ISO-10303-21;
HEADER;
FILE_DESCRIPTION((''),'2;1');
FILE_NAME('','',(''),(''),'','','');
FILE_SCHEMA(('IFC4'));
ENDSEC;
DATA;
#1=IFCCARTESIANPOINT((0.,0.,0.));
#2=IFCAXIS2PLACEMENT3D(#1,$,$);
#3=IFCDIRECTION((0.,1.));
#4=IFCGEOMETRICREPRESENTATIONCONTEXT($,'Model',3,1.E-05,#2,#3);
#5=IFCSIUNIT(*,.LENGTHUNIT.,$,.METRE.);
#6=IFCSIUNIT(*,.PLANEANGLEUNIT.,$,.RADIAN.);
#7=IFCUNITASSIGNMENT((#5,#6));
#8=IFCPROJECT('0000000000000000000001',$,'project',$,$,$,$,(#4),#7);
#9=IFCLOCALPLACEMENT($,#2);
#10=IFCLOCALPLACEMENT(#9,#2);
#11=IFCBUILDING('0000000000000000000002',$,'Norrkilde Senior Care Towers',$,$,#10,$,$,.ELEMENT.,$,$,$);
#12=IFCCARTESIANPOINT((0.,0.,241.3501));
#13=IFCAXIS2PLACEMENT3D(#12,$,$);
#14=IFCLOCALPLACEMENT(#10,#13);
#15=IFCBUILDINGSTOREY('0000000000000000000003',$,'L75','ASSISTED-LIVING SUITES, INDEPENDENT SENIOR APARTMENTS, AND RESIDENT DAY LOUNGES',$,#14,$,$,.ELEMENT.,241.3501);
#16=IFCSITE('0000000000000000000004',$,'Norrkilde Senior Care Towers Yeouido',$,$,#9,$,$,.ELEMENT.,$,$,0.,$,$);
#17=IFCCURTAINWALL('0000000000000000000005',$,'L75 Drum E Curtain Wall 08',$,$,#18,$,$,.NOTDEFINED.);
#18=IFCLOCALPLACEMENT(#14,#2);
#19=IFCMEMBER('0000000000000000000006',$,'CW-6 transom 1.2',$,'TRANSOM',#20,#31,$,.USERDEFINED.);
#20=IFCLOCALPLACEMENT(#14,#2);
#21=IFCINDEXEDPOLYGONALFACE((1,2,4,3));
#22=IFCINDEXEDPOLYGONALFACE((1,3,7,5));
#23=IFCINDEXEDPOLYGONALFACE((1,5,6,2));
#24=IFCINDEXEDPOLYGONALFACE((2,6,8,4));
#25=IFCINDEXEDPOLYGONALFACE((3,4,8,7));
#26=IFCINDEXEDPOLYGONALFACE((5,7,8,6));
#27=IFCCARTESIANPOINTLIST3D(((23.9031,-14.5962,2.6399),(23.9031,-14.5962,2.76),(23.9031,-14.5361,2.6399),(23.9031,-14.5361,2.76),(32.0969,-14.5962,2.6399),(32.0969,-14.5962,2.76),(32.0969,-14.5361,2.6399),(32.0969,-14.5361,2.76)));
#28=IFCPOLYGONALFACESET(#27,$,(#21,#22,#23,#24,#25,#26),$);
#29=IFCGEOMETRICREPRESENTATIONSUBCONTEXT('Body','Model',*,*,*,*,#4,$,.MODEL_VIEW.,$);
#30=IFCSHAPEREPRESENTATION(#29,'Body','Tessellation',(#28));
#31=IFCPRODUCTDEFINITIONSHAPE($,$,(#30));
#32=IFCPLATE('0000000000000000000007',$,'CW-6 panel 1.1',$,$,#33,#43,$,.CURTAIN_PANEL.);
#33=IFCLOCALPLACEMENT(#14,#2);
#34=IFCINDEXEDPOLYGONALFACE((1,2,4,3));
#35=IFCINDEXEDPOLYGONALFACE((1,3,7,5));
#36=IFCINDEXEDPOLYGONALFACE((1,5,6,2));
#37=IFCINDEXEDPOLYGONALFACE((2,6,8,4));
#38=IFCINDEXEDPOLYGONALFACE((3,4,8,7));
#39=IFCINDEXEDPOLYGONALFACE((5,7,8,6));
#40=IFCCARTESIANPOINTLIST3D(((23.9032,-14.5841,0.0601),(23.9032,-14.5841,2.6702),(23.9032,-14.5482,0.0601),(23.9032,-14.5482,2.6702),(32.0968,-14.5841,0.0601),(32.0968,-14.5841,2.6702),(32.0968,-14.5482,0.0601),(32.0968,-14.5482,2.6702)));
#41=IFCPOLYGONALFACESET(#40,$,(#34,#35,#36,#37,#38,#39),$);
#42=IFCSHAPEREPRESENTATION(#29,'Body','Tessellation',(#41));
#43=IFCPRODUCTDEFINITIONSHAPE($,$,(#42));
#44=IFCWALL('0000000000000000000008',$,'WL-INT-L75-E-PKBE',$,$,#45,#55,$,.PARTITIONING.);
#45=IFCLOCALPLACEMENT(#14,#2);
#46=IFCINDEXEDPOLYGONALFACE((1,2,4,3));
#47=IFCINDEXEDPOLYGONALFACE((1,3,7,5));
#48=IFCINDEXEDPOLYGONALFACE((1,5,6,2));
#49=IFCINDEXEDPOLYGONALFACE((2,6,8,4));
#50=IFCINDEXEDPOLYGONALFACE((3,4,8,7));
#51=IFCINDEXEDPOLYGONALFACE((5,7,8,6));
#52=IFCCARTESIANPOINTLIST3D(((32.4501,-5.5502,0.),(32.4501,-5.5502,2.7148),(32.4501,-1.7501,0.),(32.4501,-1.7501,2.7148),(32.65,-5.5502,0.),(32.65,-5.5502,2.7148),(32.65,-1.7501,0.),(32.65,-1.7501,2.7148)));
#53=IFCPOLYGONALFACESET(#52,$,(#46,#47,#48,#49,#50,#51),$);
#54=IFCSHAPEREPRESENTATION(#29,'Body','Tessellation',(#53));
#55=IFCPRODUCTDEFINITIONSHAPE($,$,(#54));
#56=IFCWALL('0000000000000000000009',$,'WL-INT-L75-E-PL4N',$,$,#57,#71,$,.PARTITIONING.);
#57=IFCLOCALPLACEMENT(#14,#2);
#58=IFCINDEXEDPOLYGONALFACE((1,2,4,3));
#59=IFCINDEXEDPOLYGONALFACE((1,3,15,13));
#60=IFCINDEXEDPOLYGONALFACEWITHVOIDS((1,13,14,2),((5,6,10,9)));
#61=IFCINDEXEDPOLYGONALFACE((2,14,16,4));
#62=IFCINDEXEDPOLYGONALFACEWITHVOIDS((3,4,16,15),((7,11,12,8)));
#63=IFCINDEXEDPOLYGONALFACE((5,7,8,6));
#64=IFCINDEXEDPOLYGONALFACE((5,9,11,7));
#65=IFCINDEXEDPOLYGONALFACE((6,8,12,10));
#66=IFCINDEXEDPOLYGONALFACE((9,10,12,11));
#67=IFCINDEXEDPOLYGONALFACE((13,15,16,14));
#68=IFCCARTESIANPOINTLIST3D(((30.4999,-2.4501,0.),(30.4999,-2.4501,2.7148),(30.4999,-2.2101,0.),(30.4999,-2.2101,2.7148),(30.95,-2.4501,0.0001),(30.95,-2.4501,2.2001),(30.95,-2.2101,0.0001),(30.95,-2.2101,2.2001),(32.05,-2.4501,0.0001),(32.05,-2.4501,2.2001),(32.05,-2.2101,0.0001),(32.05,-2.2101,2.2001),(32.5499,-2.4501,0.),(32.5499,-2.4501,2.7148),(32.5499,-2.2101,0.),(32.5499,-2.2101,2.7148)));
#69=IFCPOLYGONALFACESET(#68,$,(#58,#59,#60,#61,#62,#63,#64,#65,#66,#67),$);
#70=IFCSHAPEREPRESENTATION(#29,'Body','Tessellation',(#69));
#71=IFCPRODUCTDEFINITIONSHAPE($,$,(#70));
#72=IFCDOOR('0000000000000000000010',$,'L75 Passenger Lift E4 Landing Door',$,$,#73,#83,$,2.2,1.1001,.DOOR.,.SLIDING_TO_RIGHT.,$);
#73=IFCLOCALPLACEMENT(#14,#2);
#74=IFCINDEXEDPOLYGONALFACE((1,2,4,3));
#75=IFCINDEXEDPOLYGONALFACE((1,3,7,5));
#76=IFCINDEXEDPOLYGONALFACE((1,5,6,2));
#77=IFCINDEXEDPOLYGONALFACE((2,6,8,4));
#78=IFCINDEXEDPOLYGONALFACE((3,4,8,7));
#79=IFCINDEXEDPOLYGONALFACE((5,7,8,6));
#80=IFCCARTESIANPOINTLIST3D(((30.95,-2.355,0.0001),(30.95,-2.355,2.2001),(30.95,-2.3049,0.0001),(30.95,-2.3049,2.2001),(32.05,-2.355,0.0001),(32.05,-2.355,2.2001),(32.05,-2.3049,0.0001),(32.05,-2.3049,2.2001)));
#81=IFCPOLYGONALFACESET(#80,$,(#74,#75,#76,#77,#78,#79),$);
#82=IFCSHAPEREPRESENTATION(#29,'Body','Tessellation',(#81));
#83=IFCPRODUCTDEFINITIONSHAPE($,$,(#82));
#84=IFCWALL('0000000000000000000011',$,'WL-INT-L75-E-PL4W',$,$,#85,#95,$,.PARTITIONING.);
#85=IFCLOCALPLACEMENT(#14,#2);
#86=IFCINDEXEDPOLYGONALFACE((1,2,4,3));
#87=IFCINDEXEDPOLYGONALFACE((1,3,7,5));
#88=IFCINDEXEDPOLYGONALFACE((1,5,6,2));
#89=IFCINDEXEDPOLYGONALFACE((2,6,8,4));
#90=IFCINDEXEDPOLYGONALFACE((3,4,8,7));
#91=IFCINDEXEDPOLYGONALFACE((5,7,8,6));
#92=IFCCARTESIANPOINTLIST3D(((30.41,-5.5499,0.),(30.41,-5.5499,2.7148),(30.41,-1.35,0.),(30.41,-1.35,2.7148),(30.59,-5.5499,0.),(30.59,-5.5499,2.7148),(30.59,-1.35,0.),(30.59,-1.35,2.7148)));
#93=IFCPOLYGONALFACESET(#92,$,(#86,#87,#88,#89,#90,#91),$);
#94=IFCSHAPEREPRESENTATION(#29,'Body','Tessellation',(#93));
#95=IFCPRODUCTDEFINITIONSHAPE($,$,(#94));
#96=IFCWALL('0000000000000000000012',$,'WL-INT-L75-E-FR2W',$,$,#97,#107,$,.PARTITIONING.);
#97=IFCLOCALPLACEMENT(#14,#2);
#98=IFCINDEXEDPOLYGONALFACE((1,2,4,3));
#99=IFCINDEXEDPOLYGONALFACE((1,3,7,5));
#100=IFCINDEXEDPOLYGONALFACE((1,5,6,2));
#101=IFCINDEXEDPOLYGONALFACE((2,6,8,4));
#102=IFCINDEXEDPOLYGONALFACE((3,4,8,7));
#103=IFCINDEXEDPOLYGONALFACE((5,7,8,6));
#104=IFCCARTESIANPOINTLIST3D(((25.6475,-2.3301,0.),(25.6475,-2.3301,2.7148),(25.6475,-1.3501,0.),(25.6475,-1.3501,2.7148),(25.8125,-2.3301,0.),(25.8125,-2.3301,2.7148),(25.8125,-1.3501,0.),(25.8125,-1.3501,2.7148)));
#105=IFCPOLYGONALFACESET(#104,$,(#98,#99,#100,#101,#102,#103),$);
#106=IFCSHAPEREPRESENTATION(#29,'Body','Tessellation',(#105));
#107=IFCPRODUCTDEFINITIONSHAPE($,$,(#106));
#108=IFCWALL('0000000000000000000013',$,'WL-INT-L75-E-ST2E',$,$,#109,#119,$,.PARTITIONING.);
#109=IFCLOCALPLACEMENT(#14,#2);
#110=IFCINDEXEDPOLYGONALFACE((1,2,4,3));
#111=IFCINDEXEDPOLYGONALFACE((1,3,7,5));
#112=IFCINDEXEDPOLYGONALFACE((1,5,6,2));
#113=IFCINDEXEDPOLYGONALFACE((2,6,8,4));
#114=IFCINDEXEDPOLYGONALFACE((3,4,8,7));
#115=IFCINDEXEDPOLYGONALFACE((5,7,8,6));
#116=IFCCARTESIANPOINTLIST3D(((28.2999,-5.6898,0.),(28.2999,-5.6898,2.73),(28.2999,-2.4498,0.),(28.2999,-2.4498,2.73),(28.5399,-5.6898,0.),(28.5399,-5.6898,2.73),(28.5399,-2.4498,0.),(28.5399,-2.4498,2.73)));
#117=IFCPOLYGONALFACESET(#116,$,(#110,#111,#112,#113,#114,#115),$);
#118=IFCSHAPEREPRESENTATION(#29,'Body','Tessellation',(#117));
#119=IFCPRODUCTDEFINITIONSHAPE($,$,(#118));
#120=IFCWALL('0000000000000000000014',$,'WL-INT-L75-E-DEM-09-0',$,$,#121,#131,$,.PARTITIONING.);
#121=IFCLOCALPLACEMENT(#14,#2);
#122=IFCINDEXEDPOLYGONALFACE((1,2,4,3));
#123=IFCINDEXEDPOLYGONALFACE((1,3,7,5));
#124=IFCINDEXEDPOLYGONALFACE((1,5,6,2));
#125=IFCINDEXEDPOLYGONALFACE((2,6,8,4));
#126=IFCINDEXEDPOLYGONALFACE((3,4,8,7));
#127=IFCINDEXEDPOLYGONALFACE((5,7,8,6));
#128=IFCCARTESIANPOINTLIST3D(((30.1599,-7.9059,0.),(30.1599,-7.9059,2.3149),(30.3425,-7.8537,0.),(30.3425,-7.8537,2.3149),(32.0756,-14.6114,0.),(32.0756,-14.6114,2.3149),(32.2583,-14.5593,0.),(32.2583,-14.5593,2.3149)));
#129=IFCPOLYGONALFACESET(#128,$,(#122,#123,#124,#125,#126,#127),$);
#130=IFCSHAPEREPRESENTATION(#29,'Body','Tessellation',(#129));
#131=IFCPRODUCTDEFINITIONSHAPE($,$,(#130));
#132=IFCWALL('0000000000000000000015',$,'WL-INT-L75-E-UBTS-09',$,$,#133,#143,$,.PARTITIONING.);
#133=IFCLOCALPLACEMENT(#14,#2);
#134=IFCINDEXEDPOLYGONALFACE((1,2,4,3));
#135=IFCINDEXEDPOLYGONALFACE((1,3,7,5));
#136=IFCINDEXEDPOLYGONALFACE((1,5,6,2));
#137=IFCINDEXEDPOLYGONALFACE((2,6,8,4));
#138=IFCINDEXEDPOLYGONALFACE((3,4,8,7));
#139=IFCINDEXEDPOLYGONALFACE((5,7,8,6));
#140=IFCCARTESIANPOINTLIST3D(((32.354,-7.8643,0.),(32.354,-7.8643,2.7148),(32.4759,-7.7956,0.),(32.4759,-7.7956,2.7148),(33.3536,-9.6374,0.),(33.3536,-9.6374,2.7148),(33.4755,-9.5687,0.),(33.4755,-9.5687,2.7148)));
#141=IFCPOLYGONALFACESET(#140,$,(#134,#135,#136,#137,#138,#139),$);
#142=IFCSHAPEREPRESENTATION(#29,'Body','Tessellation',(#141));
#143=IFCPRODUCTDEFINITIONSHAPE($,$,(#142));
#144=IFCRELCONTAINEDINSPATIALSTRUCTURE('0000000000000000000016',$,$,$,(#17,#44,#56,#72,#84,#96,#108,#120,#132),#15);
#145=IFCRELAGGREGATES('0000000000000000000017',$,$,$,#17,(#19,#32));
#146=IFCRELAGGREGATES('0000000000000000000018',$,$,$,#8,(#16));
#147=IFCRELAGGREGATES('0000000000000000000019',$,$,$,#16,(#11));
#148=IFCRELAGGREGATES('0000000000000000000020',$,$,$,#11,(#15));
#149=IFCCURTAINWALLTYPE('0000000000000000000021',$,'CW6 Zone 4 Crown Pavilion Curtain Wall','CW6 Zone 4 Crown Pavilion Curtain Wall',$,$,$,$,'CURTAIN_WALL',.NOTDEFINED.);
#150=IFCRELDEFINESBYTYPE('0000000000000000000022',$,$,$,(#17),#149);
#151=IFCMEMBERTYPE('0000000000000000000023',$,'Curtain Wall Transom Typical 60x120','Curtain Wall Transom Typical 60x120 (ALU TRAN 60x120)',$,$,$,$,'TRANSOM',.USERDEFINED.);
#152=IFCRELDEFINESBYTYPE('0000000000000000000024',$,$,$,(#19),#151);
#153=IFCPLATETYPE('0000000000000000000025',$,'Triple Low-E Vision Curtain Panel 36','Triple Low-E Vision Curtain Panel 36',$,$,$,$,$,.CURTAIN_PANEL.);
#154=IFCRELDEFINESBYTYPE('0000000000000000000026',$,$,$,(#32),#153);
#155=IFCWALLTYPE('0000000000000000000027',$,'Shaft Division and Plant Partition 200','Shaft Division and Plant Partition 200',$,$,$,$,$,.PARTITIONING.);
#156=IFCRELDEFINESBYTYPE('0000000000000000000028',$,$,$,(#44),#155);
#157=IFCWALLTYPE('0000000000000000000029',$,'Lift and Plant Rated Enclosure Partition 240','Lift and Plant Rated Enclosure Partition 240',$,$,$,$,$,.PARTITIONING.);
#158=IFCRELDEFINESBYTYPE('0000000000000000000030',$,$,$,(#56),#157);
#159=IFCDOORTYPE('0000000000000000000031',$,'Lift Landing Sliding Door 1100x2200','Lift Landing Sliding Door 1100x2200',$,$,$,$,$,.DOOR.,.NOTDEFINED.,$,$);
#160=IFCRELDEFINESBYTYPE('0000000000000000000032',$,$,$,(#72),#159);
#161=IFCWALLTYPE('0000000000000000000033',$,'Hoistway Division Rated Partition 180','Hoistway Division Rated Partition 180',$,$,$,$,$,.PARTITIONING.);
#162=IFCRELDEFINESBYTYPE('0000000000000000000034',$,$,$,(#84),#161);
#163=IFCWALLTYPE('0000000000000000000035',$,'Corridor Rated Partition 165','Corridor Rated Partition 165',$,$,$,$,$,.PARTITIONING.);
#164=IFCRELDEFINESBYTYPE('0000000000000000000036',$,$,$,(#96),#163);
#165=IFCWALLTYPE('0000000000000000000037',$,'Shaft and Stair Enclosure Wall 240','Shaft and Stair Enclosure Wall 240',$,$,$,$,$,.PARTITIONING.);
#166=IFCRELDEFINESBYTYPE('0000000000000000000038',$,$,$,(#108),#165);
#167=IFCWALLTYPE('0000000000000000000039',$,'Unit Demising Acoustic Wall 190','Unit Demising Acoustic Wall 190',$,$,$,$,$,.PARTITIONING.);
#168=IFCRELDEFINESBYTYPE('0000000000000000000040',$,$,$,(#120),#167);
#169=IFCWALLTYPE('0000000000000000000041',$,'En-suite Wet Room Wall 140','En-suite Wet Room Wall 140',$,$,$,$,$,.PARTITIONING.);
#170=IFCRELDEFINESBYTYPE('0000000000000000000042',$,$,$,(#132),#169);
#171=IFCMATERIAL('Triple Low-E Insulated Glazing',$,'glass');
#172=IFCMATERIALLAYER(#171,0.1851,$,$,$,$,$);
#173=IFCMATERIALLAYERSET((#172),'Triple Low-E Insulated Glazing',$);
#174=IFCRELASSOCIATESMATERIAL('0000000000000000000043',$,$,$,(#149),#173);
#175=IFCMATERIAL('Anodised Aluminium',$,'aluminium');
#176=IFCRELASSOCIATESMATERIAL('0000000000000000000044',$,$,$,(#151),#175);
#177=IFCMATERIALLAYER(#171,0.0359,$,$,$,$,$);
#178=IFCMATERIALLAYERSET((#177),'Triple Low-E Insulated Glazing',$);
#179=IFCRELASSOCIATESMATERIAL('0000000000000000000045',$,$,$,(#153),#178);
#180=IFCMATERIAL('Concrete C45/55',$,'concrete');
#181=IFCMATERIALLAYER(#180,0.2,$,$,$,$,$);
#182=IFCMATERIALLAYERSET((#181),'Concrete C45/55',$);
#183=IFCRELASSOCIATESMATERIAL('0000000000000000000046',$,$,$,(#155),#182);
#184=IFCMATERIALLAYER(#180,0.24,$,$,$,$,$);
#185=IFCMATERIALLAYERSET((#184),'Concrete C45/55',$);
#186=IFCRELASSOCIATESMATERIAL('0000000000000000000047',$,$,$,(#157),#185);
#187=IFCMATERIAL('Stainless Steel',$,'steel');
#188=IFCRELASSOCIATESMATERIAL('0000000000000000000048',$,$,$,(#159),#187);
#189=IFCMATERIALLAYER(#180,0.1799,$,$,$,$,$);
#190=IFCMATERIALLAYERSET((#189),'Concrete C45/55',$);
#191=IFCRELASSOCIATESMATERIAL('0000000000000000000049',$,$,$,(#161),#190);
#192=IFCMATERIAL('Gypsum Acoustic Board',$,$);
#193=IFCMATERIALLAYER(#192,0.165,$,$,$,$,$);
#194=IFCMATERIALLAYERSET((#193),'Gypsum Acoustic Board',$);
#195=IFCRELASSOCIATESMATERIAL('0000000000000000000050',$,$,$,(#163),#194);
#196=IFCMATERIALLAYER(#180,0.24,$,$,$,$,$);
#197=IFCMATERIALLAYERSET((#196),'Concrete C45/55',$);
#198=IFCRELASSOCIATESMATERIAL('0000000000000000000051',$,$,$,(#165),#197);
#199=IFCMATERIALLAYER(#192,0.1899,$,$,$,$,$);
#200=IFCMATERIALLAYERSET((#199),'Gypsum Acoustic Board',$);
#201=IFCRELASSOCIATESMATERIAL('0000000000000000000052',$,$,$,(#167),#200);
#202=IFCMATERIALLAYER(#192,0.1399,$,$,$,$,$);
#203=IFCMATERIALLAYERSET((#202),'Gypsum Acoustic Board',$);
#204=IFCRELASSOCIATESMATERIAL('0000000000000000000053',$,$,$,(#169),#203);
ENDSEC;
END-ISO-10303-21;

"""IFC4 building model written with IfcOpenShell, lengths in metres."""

from ifc_helpers import new_model, si_unit, direction, frame, frame_2d, origin, origin_2d, place, context, subcontext, project, spatial, rectangle, extrude, source, transform, mapped, material, layer, layer_set, material_profile, profile_set, type_object, type_shapes, element, fill, aggregate, save


model = new_model("IFC4")

# Units and contexts
model_context = context("Model", 3, precision=1e-05, world=origin(), true_north=direction((0.0, 1.0)))
body_context = subcontext(model_context, "Body", "Model", "MODEL_VIEW")
ifc_project = project(units=[si_unit("LENGTHUNIT", "METRE"), si_unit("PLANEANGLEUNIT", "RADIAN")], contexts=[model_context])

# Site, building, storey
site_placement = place(None, origin())
site = spatial("IfcSite", under=ifc_project, at=site_placement, Name="Norrkilde Senior Care Towers Yeouido", CompositionType="ELEMENT", RefElevation=0.0)
building_placement = place(site_placement, origin())
building = spatial("IfcBuilding", under=site, at=building_placement, Name="Norrkilde Senior Care Towers", CompositionType="ELEMENT")
storey_placement = place(building_placement, frame((0.0, 0.0, 241.3501)))
storey = spatial("IfcBuildingStorey", under=building, at=storey_placement, Name="L75", Description="ASSISTED-LIVING SUITES, INDEPENDENT SENIOR APARTMENTS, AND RESIDENT DAY LOUNGES", CompositionType="ELEMENT", Elevation=241.3501)

# Curtain wall
ifc_material_1 = material(Name="Triple Low-E Insulated Glazing", Category="glass")
ifc_layer_1 = layer(ifc_material_1, 0.1851)
ifc_layer_set_1 = layer_set([ifc_layer_1], Name="Triple Low-E Insulated Glazing")
curtain_wall_type = type_object("IfcCurtainWallType", Name="CW6 Zone 4 Crown Pavilion Curtain Wall", Description="CW6 Zone 4 Crown Pavilion Curtain Wall", ElementType="CURTAIN_WALL", PredefinedType="NOTDEFINED", material=ifc_layer_set_1)
curtain_wall_1_placement = place(storey_placement, origin())
curtain_wall_1 = element("IfcCurtainWall", 1, at=curtain_wall_1_placement, inside=storey, type_object=curtain_wall_type, Name="L75 Drum E Curtain Wall 08", PredefinedType="NOTDEFINED")
ifc_material_2 = material(Name="Anodised Aluminium", Category="aluminium")

# Member
ifc_material_profile_1 = material_profile(ifc_material_2, rectangle(XDim=0.0601, YDim=0.1201, at=origin_2d()), Name="ALU TRAN 60x120")
ifc_profile_set_1 = profile_set([ifc_material_profile_1], Name="Anodised Aluminium")
member_type_1 = type_object("IfcMemberType", Name="Curtain Wall Transom Typical 60x120", Description="Curtain Wall Transom Typical 60x120 (ALU TRAN 60x120)", ElementType="TRANSOM", PredefinedType="USERDEFINED", material=ifc_profile_set_1)
shared_shape_1 = source(origin(), body_context, "Body", "SweptSolid", [
    extrude(rectangle(XDim=0.0601, YDim=0.1201, at=origin_2d()), origin(), (0.0, 0.0, 1.0), 8.1938),
])
type_shapes(member_type_1, [shared_shape_1])
member_1_placement = place(storey_placement, frame((32.0969, -14.5662, 2.7), z_axis=(-1.0, 0.0, 0.0), x_axis=(0.0, -1.0, 0.0)))
member_1 = element("IfcMember", 2, at=member_1_placement, type_object=member_type_1, Name="CW-6 transom 1.2", ObjectType="TRANSOM", PredefinedType="USERDEFINED", context=body_context, shape_type="MappedRepresentation", body=[
    mapped(shared_shape_1, transform((0.0, 0.0, 0.0), x_axis=(1.0, 0.0, 0.0), y_axis=(0.0, 1.0, 0.0), z_axis=(0.0, 0.0, 1.0), scale=1.0)),
])

# Plate
ifc_layer_2 = layer(ifc_material_1, 0.0359)
ifc_layer_set_2 = layer_set([ifc_layer_2], Name="Triple Low-E Insulated Glazing")
plate_type = type_object("IfcPlateType", Name="Triple Low-E Vision Curtain Panel 36", Description="Triple Low-E Vision Curtain Panel 36", PredefinedType="CURTAIN_PANEL", material=ifc_layer_set_2)
shared_shape_2 = source(origin(), body_context, "Body", "SweptSolid", [
    extrude(rectangle(XDim=8.1936, YDim=0.0359, at=origin_2d()), origin(), (0.0, 0.0, 1.0), 2.6101),
])
type_shapes(plate_type, [shared_shape_2])
plate_placement = place(storey_placement, frame((28.0, -14.5662, 0.0601), z_axis=(0.0, 0.0, 1.0), x_axis=(-1.0, 0.0, 0.0)))
plate = element("IfcPlate", 3, at=plate_placement, type_object=plate_type, Name="CW-6 panel 1.1", PredefinedType="CURTAIN_PANEL", context=body_context, shape_type="MappedRepresentation", body=[
    mapped(shared_shape_2, transform((0.0, 0.0, 0.0), x_axis=(1.0, 0.0, 0.0), y_axis=(0.0, 1.0, 0.0), z_axis=(0.0, 0.0, 1.0), scale=1.0)),
])
aggregate(curtain_wall_1, [member_1, plate])

# Wall
ifc_material_3 = material(Name="Concrete C45/55", Category="concrete")
ifc_layer_3 = layer(ifc_material_3, 0.2)
ifc_layer_set_3 = layer_set([ifc_layer_3], Name="Concrete C45/55")
wall_type_1 = type_object("IfcWallType", Name="Shaft Division and Plant Partition 200", Description="Shaft Division and Plant Partition 200", PredefinedType="PARTITIONING", material=ifc_layer_set_3)
shared_shape_3 = source(origin(), body_context, "Body", "SweptSolid", [
    extrude(rectangle(XDim=3.8, YDim=0.2, at=frame_2d((1.8999, 0.0))), origin(), (0.0, 0.0, 1.0), 2.7148),
])
type_shapes(wall_type_1, [shared_shape_3])
wall_1_placement = place(storey_placement, frame((32.55, -5.55, 0.0), z_axis=(0.0, 0.0, 1.0), x_axis=(0.0, 1.0, 0.0)))
element("IfcWall", 4, at=wall_1_placement, inside=storey, type_object=wall_type_1, Name="WL-INT-L75-E-PKBE", PredefinedType="PARTITIONING", context=body_context, shape_type="MappedRepresentation", body=[
    mapped(shared_shape_3, transform((0.0, 0.0, 0.0), x_axis=(1.0, 0.0, 0.0), y_axis=(0.0, 1.0, 0.0), z_axis=(0.0, 0.0, 1.0), scale=1.0)),
])

# Wall, opening, door
ifc_layer_4 = layer(ifc_material_3, 0.24)
ifc_layer_set_4 = layer_set([ifc_layer_4], Name="Concrete C45/55")
wall_type_2 = type_object("IfcWallType", Name="Lift and Plant Rated Enclosure Partition 240", Description="Lift and Plant Rated Enclosure Partition 240", PredefinedType="PARTITIONING", material=ifc_layer_set_4)
shared_shape_4 = source(origin(), body_context, "Body", "SweptSolid", [
    extrude(rectangle(XDim=2.05, YDim=0.24, at=frame_2d((1.0249, 0.0))), origin(), (0.0, 0.0, 1.0), 2.7148),
])
type_shapes(wall_type_2, [shared_shape_4])
wall_2_placement = place(storey_placement, frame((30.5, -2.3301, 0.0), z_axis=(0.0, 0.0, 1.0), x_axis=(1.0, 0.0, 0.0)))
wall_2 = element("IfcWall", 5, at=wall_2_placement, inside=storey, type_object=wall_type_2, Name="WL-INT-L75-E-PL4N", PredefinedType="PARTITIONING", context=body_context, shape_type="MappedRepresentation", body=[
    mapped(shared_shape_4, transform((0.0, 0.0, 0.0), x_axis=(1.0, 0.0, 0.0), y_axis=(0.0, 1.0, 0.0), z_axis=(0.0, 0.0, 1.0), scale=1.0)),
])
opening_1_placement = place(wall_2_placement, frame((0.45, 0.0, 0.0)))
opening_1 = element("IfcOpeningElement", 6, at=opening_1_placement, cuts=wall_2, PredefinedType="OPENING", context=body_context, shape_type="SweptSolid", body=[
    extrude(rectangle(XDim=1.1001, YDim=2.2, at=frame_2d((0.55, 1.1001))), frame((0.0, 0.1299, 0.0), z_axis=(0.0, -1.0, 0.0), x_axis=(1.0, 0.0, 0.0)), (0.0, 0.0, 1.0), 0.26),
])
ifc_material_4 = material(Name="Stainless Steel", Category="steel")
door_type_1 = type_object("IfcDoorType", Name="Lift Landing Sliding Door 1100x2200", Description="Lift Landing Sliding Door 1100x2200", OperationType="NOTDEFINED", PredefinedType="DOOR", material=ifc_material_4)
shared_shape_5 = source(origin(), body_context, "Body", "SweptSolid", [
    extrude(rectangle(XDim=1.1001, YDim=2.2, at=frame_2d((0.55, 1.1001))), frame((0.0, 0.0249, 0.0), z_axis=(0.0, -1.0, 0.0), x_axis=(1.0, 0.0, 0.0)), (0.0, 0.0, 1.0), 0.05),
])
type_shapes(door_type_1, [shared_shape_5])
door_1_placement = place(opening_1_placement, frame((1.1001, 0.0, 0.0), z_axis=(0.0, 0.0, 1.0), x_axis=(-1.0, 0.0, 0.0)))
door_1 = element("IfcDoor", 7, at=door_1_placement, inside=storey, type_object=door_type_1, Name="L75 Passenger Lift E4 Landing Door", OperationType="SLIDING_TO_RIGHT", OverallHeight=2.2, OverallWidth=1.1001, PredefinedType="DOOR", context=body_context, shape_type="MappedRepresentation", body=[
    mapped(shared_shape_5, transform((0.0, 0.0, 0.0), x_axis=(1.0, 0.0, 0.0), y_axis=(0.0, 1.0, 0.0), z_axis=(0.0, 0.0, 1.0), scale=1.0)),
])
fill(opening_1, door_1)

# Walls
ifc_layer_5 = layer(ifc_material_3, 0.1799)
ifc_layer_set_5 = layer_set([ifc_layer_5], Name="Concrete C45/55")
wall_type_3 = type_object("IfcWallType", Name="Hoistway Division Rated Partition 180", Description="Hoistway Division Rated Partition 180", PredefinedType="PARTITIONING", material=ifc_layer_set_5)
shared_shape_6 = source(origin(), body_context, "Body", "SweptSolid", [
    extrude(rectangle(XDim=4.2, YDim=0.1799, at=frame_2d((2.1001, 0.0))), origin(), (0.0, 0.0, 1.0), 2.7148),
])
type_shapes(wall_type_3, [shared_shape_6])
wall_3_placement = place(storey_placement, frame((30.5, -5.55, 0.0), z_axis=(0.0, 0.0, 1.0), x_axis=(0.0, 1.0, 0.0)))
element("IfcWall", 8, at=wall_3_placement, inside=storey, type_object=wall_type_3, Name="WL-INT-L75-E-PL4W", PredefinedType="PARTITIONING", context=body_context, shape_type="MappedRepresentation", body=[
    mapped(shared_shape_6, transform((0.0, 0.0, 0.0), x_axis=(1.0, 0.0, 0.0), y_axis=(0.0, 1.0, 0.0), z_axis=(0.0, 0.0, 1.0), scale=1.0)),
])
ifc_material_5 = material(Name="Gypsum Acoustic Board")
ifc_layer_6 = layer(ifc_material_5, 0.165)
ifc_layer_set_6 = layer_set([ifc_layer_6], Name="Gypsum Acoustic Board")
wall_type_4 = type_object("IfcWallType", Name="Corridor Rated Partition 165", Description="Corridor Rated Partition 165", PredefinedType="PARTITIONING", material=ifc_layer_set_6)
shared_shape_7 = source(origin(), body_context, "Body", "SweptSolid", [
    extrude(rectangle(XDim=0.98, YDim=0.165, at=frame_2d((0.49, 0.0))), origin(), (0.0, 0.0, 1.0), 2.7148),
])
type_shapes(wall_type_4, [shared_shape_7])
wall_4_placement = place(storey_placement, frame((25.73, -2.3301, 0.0), z_axis=(0.0, 0.0, 1.0), x_axis=(0.0, 1.0, 0.0)))
element("IfcWall", 9, at=wall_4_placement, inside=storey, type_object=wall_type_4, Name="WL-INT-L75-E-FR2W", PredefinedType="PARTITIONING", context=body_context, shape_type="MappedRepresentation", body=[
    mapped(shared_shape_7, transform((0.0, 0.0, 0.0), x_axis=(1.0, 0.0, 0.0), y_axis=(0.0, 1.0, 0.0), z_axis=(0.0, 0.0, 1.0), scale=1.0)),
])
ifc_layer_7 = layer(ifc_material_3, 0.24)
ifc_layer_set_7 = layer_set([ifc_layer_7], Name="Concrete C45/55")
wall_type_5 = type_object("IfcWallType", Name="Shaft and Stair Enclosure Wall 240", Description="Shaft and Stair Enclosure Wall 240", PredefinedType="PARTITIONING", material=ifc_layer_set_7)
shared_shape_8 = source(origin(), body_context, "Body", "SweptSolid", [
    extrude(rectangle(XDim=3.24, YDim=0.24, at=frame_2d((1.6201, 0.0))), origin(), (0.0, 0.0, 1.0), 2.73),
])
type_shapes(wall_type_5, [shared_shape_8])
wall_5_placement = place(storey_placement, frame((28.4199, -5.6899, 0.0), z_axis=(0.0, 0.0, 1.0), x_axis=(0.0, 1.0, 0.0)))
element("IfcWall", 10, at=wall_5_placement, inside=storey, type_object=wall_type_5, Name="WL-INT-L75-E-ST2E", PredefinedType="PARTITIONING", context=body_context, shape_type="MappedRepresentation", body=[
    mapped(shared_shape_8, transform((0.0, 0.0, 0.0), x_axis=(1.0, 0.0, 0.0), y_axis=(0.0, 1.0, 0.0), z_axis=(0.0, 0.0, 1.0), scale=1.0)),
])
ifc_layer_8 = layer(ifc_material_5, 0.1899)
ifc_layer_set_8 = layer_set([ifc_layer_8], Name="Gypsum Acoustic Board")
wall_type_6 = type_object("IfcWallType", Name="Unit Demising Acoustic Wall 190", Description="Unit Demising Acoustic Wall 190", PredefinedType="PARTITIONING", material=ifc_layer_set_8)
shared_shape_9 = source(origin(), body_context, "Body", "SweptSolid", [
    extrude(rectangle(XDim=6.9739, YDim=0.1899, at=frame_2d((3.4868, 0.0))), origin(), (0.0, 0.0, 1.0), 2.3149),
])
type_shapes(wall_type_6, [shared_shape_9])
wall_6_placement = place(storey_placement, frame((30.2512, -7.8799, 0.0), z_axis=(0.0, 0.0, 1.0), x_axis=(0.274707, -0.961528, 0.0)))
element("IfcWall", 11, at=wall_6_placement, inside=storey, type_object=wall_type_6, Name="WL-INT-L75-E-DEM-09-0", PredefinedType="PARTITIONING", context=body_context, shape_type="MappedRepresentation", body=[
    mapped(shared_shape_9, transform((0.0, 0.0, 0.0), x_axis=(1.0, 0.0, 0.0), y_axis=(0.0, 1.0, 0.0), z_axis=(0.0, 0.0, 1.0), scale=1.0)),
])
ifc_layer_9 = layer(ifc_material_5, 0.1399)
ifc_layer_set_9 = layer_set([ifc_layer_9], Name="Gypsum Acoustic Board")
wall_type_7 = type_object("IfcWallType", Name="En-suite Wet Room Wall 140", Description="En-suite Wet Room Wall 140", PredefinedType="PARTITIONING", material=ifc_layer_set_9)
shared_shape_10 = source(origin(), body_context, "Body", "SweptSolid", [
    extrude(rectangle(XDim=2.0354, YDim=0.1399, at=frame_2d((1.0176, 0.0))), origin(), (0.0, 0.0, 1.0), 2.7148),
])
wall_7_placement = place(storey_placement, frame((32.415, -7.8301, 0.0), z_axis=(0.0, 0.0, 1.0), x_axis=(0.491093, -0.871107, 0.0)))
element("IfcWall", 12, at=wall_7_placement, inside=storey, type_object=wall_type_7, Name="WL-INT-L75-E-UBTS-09", PredefinedType="PARTITIONING", context=body_context, shape_type="MappedRepresentation", body=[
    mapped(shared_shape_10, transform((0.0, 0.0, 0.0), x_axis=(1.0, 0.0, 0.0), y_axis=(0.0, 1.0, 0.0), z_axis=(0.0, 0.0, 1.0), scale=1.0)),
])

save(model, "model.ifc")
